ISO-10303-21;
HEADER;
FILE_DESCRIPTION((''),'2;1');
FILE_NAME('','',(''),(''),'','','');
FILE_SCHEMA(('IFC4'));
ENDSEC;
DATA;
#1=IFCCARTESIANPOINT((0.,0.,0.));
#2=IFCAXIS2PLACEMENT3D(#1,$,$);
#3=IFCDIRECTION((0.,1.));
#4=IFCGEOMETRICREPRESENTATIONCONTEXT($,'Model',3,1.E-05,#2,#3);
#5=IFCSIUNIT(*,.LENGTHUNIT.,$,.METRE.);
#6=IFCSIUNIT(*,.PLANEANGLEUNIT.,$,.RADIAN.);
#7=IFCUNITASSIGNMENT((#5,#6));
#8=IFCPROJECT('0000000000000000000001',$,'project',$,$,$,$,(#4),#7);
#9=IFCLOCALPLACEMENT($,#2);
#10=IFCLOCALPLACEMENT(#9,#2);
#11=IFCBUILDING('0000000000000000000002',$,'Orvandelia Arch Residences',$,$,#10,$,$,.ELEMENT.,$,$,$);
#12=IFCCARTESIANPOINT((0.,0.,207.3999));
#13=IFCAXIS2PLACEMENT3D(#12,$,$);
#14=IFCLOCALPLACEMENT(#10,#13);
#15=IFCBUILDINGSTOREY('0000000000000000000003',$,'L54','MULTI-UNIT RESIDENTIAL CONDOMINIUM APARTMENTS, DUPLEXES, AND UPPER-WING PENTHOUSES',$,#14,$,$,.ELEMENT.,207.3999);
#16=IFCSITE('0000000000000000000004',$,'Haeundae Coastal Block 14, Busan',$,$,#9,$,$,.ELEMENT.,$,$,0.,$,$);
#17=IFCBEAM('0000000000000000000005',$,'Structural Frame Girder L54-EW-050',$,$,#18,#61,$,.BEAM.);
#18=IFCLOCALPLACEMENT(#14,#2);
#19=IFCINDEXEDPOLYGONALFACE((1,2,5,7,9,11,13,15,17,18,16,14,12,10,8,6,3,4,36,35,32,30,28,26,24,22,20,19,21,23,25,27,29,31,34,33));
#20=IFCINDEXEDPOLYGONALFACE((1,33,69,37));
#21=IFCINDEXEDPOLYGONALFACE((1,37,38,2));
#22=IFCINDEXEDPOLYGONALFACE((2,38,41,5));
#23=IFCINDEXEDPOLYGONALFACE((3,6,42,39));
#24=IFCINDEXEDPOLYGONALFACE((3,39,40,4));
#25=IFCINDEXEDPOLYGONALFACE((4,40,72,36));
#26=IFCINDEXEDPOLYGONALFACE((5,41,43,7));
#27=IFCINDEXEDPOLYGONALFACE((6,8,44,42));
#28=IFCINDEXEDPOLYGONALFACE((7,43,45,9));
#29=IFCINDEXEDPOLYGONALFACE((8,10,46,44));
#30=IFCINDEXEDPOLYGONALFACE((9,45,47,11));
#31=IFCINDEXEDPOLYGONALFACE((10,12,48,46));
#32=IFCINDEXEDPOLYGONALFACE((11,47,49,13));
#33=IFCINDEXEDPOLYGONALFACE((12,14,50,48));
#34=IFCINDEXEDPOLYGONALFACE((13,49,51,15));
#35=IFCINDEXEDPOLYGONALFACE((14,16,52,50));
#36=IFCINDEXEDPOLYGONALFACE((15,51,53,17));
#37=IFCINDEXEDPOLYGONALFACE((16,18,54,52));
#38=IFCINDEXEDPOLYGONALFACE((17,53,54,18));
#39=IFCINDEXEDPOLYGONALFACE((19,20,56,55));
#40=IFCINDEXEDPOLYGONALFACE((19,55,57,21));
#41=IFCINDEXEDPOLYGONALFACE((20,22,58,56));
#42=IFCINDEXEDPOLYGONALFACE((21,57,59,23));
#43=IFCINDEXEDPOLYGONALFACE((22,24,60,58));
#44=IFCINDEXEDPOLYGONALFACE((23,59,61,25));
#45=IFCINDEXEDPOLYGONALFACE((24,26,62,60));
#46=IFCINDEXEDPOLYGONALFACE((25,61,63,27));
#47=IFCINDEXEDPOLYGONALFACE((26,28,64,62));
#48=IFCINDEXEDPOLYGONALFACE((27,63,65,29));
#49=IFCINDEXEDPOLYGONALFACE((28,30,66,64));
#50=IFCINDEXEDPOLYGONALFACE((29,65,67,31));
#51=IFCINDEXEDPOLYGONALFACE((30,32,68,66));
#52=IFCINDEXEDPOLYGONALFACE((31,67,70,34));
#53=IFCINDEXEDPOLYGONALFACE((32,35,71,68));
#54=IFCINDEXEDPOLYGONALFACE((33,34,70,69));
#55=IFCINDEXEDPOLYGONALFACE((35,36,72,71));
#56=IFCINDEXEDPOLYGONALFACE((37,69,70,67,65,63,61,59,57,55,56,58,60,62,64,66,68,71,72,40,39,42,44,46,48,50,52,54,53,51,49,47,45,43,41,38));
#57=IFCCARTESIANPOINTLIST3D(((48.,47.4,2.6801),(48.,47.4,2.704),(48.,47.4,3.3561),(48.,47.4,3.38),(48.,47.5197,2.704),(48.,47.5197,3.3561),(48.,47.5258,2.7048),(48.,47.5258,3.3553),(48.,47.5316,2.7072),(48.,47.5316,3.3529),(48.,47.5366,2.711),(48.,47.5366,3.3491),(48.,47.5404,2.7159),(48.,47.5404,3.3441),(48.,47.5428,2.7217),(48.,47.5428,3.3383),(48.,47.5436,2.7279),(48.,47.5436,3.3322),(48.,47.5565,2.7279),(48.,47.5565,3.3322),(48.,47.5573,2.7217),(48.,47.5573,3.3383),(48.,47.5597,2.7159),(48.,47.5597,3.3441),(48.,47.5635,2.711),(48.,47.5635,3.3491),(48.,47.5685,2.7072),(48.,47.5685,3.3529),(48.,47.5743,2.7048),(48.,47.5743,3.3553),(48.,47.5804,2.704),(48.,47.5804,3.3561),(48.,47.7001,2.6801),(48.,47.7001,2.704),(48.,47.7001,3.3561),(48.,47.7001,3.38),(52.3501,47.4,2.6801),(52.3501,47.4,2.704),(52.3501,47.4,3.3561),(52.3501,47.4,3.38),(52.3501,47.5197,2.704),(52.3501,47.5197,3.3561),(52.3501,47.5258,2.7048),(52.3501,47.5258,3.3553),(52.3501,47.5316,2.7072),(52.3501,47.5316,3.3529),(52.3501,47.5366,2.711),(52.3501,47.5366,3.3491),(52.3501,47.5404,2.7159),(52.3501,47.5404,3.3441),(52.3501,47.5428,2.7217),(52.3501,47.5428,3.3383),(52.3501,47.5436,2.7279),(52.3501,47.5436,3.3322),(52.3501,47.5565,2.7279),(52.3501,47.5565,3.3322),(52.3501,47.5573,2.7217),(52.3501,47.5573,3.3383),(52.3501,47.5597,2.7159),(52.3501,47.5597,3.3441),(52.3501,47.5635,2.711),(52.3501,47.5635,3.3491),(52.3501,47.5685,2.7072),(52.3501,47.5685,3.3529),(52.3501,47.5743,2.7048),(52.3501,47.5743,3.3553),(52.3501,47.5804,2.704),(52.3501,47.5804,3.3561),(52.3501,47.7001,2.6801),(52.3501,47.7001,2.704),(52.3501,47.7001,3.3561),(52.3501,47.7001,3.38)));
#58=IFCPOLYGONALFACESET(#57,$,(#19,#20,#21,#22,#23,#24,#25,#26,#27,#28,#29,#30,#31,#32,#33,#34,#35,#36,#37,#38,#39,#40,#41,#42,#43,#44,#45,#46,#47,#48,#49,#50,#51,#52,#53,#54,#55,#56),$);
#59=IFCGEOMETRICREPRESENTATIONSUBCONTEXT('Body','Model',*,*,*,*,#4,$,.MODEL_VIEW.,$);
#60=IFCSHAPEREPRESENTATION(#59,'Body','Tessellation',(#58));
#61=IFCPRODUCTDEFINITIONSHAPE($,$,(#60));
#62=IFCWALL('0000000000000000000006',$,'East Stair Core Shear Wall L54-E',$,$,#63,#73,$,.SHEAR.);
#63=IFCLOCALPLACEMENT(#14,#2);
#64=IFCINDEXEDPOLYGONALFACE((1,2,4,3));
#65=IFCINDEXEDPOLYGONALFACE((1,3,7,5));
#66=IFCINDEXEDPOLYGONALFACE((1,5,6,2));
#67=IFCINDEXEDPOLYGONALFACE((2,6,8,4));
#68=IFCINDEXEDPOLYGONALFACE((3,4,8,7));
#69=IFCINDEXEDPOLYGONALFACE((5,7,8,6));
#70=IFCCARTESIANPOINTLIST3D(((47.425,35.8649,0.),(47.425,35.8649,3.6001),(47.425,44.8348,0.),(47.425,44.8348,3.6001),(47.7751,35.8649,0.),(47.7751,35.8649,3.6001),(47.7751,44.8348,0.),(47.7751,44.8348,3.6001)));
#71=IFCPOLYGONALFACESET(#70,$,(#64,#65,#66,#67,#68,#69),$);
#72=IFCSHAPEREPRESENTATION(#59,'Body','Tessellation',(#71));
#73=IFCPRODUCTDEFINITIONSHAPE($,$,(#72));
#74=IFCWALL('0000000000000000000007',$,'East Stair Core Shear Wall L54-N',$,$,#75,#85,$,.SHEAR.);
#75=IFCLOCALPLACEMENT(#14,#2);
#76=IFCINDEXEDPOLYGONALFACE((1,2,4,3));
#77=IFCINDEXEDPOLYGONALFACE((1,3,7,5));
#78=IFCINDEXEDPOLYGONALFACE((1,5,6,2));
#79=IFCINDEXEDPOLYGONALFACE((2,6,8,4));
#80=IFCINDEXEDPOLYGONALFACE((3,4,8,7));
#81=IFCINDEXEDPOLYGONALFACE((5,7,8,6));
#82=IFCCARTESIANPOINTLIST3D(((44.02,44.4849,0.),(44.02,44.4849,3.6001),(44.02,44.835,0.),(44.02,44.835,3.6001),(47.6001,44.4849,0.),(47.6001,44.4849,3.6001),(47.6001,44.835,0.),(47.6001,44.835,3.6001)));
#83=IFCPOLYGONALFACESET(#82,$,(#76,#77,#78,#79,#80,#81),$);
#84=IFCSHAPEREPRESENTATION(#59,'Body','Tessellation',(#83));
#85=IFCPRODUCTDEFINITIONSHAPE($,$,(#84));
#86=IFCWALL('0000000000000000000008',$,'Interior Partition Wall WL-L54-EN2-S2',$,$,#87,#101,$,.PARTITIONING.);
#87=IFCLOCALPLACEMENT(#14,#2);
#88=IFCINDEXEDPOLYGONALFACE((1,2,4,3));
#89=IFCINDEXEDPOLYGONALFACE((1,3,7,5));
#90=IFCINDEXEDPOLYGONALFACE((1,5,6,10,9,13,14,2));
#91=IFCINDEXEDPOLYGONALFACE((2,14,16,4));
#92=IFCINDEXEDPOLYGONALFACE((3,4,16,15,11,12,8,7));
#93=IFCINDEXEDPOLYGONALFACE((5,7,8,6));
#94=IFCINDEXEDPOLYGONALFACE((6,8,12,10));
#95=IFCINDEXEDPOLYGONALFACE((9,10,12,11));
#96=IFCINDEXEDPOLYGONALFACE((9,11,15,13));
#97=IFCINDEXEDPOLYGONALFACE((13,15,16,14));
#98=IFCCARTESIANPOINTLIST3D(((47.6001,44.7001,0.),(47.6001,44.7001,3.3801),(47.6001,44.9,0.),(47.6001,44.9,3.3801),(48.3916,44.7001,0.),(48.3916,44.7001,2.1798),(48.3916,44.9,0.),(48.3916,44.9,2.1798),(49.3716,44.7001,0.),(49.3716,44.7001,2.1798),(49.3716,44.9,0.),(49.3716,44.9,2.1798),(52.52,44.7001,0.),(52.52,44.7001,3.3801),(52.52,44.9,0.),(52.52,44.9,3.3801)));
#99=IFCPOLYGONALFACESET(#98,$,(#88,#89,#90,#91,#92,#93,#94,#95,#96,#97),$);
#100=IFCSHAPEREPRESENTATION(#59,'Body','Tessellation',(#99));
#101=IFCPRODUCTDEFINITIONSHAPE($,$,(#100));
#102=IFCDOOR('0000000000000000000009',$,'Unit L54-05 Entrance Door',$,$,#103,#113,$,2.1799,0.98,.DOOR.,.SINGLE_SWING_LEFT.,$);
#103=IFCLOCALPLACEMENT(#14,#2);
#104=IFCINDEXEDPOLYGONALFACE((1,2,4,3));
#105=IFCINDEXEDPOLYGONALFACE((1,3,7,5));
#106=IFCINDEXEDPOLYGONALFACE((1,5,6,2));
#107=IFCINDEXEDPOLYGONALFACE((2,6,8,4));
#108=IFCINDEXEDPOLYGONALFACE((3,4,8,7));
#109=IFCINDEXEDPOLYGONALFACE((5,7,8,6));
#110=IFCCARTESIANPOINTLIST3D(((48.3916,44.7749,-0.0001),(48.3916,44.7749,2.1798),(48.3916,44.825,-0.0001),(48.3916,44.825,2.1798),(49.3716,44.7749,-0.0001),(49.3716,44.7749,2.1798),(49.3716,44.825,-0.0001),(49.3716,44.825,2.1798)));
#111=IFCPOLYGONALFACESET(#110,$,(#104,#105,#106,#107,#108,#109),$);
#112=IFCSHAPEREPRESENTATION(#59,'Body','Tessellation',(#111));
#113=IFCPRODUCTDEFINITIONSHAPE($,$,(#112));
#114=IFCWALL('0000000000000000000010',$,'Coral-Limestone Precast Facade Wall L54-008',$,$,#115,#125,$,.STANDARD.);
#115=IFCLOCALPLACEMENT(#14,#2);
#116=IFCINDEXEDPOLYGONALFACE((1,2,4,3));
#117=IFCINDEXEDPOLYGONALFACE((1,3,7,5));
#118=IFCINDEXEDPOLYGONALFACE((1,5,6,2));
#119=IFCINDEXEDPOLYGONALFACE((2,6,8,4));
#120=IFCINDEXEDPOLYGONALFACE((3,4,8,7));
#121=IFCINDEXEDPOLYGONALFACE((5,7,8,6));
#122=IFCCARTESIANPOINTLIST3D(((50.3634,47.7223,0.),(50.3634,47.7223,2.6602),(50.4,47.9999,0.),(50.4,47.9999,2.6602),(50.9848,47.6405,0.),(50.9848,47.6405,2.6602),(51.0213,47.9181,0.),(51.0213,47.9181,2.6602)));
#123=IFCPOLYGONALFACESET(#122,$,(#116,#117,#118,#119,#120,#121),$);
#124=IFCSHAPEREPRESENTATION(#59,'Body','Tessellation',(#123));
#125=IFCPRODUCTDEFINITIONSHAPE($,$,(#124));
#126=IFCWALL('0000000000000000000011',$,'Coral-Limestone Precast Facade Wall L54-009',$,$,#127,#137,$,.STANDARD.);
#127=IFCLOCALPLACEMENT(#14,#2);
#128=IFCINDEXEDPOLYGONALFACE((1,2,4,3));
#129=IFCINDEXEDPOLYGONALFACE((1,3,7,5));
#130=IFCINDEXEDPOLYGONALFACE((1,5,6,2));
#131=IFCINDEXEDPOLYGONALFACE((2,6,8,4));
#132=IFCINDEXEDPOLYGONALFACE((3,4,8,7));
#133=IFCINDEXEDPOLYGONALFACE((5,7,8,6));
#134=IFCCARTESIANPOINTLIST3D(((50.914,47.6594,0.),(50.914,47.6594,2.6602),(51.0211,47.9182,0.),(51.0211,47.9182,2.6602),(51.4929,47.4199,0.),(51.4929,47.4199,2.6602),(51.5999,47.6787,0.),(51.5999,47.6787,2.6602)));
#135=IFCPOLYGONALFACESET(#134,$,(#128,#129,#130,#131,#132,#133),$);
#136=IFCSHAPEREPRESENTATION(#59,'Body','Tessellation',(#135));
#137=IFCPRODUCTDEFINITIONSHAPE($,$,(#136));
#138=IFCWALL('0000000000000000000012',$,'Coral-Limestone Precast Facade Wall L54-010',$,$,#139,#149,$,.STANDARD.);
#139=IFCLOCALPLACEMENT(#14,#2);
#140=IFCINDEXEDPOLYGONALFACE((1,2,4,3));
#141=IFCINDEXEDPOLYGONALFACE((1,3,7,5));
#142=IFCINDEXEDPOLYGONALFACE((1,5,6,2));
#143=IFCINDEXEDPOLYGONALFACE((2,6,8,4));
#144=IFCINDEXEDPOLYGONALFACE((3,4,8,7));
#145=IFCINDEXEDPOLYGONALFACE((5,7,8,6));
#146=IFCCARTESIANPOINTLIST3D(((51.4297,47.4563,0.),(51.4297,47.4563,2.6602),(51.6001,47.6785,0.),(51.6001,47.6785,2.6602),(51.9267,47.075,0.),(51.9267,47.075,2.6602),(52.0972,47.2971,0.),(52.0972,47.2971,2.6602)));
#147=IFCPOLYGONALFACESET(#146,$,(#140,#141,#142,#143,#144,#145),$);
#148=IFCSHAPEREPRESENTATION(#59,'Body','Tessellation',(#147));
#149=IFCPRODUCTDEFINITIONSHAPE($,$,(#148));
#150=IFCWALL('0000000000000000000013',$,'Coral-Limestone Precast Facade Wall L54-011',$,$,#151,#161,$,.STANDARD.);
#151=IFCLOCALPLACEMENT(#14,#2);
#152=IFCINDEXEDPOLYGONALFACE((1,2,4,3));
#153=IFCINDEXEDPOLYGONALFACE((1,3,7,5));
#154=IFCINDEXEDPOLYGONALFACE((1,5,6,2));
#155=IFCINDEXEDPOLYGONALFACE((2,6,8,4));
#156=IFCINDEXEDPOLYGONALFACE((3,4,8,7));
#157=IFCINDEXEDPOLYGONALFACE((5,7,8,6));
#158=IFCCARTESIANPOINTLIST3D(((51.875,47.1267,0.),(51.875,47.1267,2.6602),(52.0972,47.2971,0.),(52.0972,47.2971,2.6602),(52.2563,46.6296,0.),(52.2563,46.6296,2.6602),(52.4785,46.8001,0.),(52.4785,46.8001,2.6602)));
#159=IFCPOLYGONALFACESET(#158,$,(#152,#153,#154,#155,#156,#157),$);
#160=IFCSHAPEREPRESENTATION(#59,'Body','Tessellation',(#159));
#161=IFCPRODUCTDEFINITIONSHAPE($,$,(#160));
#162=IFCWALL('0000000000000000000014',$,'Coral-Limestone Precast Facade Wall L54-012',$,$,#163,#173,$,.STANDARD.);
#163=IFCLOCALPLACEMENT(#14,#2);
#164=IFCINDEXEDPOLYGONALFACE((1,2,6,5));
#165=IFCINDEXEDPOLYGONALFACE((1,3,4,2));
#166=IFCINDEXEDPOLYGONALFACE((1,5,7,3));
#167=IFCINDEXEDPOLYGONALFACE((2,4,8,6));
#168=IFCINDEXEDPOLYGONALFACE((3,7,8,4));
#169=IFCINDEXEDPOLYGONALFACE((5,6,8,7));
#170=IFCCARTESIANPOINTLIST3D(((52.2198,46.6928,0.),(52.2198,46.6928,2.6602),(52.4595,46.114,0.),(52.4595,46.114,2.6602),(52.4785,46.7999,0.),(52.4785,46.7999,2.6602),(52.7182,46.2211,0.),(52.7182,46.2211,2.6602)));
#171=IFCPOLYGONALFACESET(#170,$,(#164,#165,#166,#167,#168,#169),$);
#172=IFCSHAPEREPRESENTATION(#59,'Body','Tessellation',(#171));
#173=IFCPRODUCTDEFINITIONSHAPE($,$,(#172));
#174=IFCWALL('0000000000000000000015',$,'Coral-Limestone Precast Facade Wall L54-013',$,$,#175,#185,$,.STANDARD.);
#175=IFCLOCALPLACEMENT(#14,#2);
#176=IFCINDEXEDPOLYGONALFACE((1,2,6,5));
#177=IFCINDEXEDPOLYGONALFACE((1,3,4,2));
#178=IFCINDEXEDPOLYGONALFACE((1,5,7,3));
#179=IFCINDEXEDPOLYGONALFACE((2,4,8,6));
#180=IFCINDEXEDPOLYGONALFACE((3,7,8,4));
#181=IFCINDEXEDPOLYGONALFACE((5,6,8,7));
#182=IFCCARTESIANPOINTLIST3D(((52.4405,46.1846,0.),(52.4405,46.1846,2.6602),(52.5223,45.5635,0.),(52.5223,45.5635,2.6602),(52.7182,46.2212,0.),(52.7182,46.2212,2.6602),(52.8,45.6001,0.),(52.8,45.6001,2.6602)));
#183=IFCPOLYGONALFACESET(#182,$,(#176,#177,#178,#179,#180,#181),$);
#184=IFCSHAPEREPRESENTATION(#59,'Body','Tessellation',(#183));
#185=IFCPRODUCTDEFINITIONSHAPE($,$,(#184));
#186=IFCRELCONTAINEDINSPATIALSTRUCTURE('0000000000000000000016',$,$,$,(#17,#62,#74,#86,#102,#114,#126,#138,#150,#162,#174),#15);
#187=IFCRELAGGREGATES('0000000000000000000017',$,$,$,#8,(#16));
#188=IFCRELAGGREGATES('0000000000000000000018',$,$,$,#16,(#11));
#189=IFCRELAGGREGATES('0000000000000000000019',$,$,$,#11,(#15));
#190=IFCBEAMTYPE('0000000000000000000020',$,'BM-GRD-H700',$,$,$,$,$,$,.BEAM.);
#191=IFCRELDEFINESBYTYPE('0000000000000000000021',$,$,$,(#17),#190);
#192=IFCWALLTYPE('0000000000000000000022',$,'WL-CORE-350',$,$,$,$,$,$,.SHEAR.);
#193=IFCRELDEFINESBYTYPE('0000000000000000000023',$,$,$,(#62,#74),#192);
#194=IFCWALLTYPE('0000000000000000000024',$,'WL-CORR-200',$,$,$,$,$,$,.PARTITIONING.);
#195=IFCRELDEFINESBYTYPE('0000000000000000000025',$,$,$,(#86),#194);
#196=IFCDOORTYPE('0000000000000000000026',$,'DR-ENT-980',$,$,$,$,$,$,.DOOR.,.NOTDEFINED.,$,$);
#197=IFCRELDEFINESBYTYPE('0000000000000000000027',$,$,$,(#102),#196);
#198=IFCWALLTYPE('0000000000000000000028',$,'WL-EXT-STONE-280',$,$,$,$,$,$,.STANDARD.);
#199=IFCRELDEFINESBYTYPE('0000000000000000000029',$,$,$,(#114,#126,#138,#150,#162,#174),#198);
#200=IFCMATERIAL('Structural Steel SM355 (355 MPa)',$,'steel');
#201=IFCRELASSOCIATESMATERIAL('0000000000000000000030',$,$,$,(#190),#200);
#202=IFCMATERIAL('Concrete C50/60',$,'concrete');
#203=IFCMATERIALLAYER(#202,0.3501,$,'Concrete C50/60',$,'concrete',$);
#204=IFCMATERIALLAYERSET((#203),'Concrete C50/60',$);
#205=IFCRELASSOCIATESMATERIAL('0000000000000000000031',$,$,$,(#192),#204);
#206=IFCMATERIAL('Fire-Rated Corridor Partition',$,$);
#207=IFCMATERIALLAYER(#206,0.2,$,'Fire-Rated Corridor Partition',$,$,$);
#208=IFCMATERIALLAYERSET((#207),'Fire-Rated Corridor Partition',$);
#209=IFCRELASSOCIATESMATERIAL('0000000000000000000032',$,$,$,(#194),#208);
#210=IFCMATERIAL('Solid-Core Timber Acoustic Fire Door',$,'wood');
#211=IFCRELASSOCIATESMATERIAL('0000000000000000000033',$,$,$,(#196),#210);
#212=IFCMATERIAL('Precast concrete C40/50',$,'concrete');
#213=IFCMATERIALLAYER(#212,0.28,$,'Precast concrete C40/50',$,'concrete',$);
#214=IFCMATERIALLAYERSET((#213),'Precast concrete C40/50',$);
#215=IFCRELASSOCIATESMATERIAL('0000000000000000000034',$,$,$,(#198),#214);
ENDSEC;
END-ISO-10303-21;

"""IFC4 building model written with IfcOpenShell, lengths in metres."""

from ifc_helpers import new_model, si_unit, direction, frame, frame_2d, origin, origin_2d, place, context, subcontext, project, spatial, rectangle, i_section, extrude, material, layer, layer_set, material_profile, profile_set, type_object, element, fill, save


model = new_model("IFC4")

# Units and contexts
model_context = context("Model", 3, precision=1e-05, world=origin(), true_north=direction((0.0, 1.0)))
body_context = subcontext(model_context, "Body", "Model", "MODEL_VIEW")
ifc_project = project(units=[si_unit("LENGTHUNIT", "METRE"), si_unit("PLANEANGLEUNIT", "RADIAN")], contexts=[model_context])

# Site, building, storey
site_placement = place(None, origin())
site = spatial("IfcSite", under=ifc_project, at=site_placement, Name="Haeundae Coastal Block 14, Busan", CompositionType="ELEMENT", RefElevation=0.0)
building_placement = place(site_placement, origin())
building = spatial("IfcBuilding", under=site, at=building_placement, Name="Orvandelia Arch Residences", CompositionType="ELEMENT")
storey_placement = place(building_placement, frame((0.0, 0.0, 207.3999)))
storey = spatial("IfcBuildingStorey", under=building, at=storey_placement, Name="L54", Description="MULTI-UNIT RESIDENTIAL CONDOMINIUM APARTMENTS, DUPLEXES, AND UPPER-WING PENTHOUSES", CompositionType="ELEMENT", Elevation=207.3999)

# Beam
ifc_material_1 = material(Name="Structural Steel SM355 (355 MPa)", Category="steel")
ifc_material_profile_1 = material_profile(ifc_material_1, i_section(OverallWidth=0.3, OverallDepth=0.7, WebThickness=0.0129, FlangeThickness=0.0239, FilletRadius=0.0239, at=origin_2d()), Name="Structural Steel SM355 (355 MPa)", Category="steel")
ifc_profile_set_1 = profile_set([ifc_material_profile_1], Name="Structural Steel SM355 (355 MPa)")
beam_type = type_object("IfcBeamType", Name="BM-GRD-H700", PredefinedType="BEAM", material=ifc_profile_set_1)
for number, where, z_axis, x_axis, name in (
    (1, (48.0, 47.55, 3.03), (1.0, 0.0, 0.0), (0.0, 1.0, 0.0), "Structural Frame Girder L54-EW-050"),
):
    element("IfcBeam", number, at=place(storey_placement, frame(where, z_axis=z_axis, x_axis=x_axis)), inside=storey, type_object=beam_type, Name=name, PredefinedType="BEAM", context=body_context, shape_type="SweptSolid", body=[
        extrude(i_section(OverallWidth=0.3, OverallDepth=0.7, WebThickness=0.0129, FlangeThickness=0.0239, FilletRadius=0.0239, at=origin_2d()), origin(), (0.0, 0.0, 1.0), 4.3501),
    ])

# Walls
ifc_material_2 = material(Name="Concrete C50/60", Category="concrete")
ifc_layer_1 = layer(ifc_material_2, 0.3501, Name="Concrete C50/60", Category="concrete")
ifc_layer_set_1 = layer_set([ifc_layer_1], Name="Concrete C50/60")
wall_type_1 = type_object("IfcWallType", Name="WL-CORE-350", PredefinedType="SHEAR", material=ifc_layer_set_1)
wall_1_placement = place(storey_placement, frame((47.6001, 35.865, 0.0), z_axis=(0.0, 0.0, 1.0), x_axis=(0.0, 1.0, 0.0)))
element("IfcWall", 2, at=wall_1_placement, inside=storey, type_object=wall_type_1, Name="East Stair Core Shear Wall L54-E", PredefinedType="SHEAR", context=body_context, shape_type="SweptSolid", body=[
    extrude(rectangle(XDim=8.97, YDim=0.3501, at=frame_2d((4.4849, 0.0))), origin(), (0.0, 0.0, 1.0), 3.6001),
])
wall_2_placement = place(storey_placement, frame((44.02, 44.6599, 0.0), z_axis=(0.0, 0.0, 1.0), x_axis=(1.0, 0.0, 0.0)))
element("IfcWall", 3, at=wall_2_placement, inside=storey, type_object=wall_type_1, Name="East Stair Core Shear Wall L54-N", PredefinedType="SHEAR", context=body_context, shape_type="SweptSolid", body=[
    extrude(rectangle(XDim=3.5801, YDim=0.3501, at=frame_2d((1.79, 0.0))), origin(), (0.0, 0.0, 1.0), 3.6001),
])

# Wall, opening, door
ifc_material_3 = material(Name="Fire-Rated Corridor Partition")
ifc_layer_2 = layer(ifc_material_3, 0.2, Name="Fire-Rated Corridor Partition")
ifc_layer_set_2 = layer_set([ifc_layer_2], Name="Fire-Rated Corridor Partition")
wall_type_2 = type_object("IfcWallType", Name="WL-CORR-200", PredefinedType="PARTITIONING", material=ifc_layer_set_2)
wall_3_placement = place(storey_placement, frame((47.6001, 44.8, 0.0), z_axis=(0.0, 0.0, 1.0), x_axis=(1.0, 0.0, 0.0)))
wall_3 = element("IfcWall", 4, at=wall_3_placement, inside=storey, type_object=wall_type_2, Name="Interior Partition Wall WL-L54-EN2-S2", PredefinedType="PARTITIONING", context=body_context, shape_type="SweptSolid", body=[
    extrude(rectangle(XDim=4.9199, YDim=0.2, at=frame_2d((2.46, 0.0))), origin(), (0.0, 0.0, 1.0), 3.3801),
])
opening_1_placement = place(wall_3_placement, frame((0.7915, 0.0, 0.0)))
opening_1 = element("IfcOpeningElement", 5, at=opening_1_placement, cuts=wall_3, PredefinedType="OPENING", context=body_context, shape_type="SweptSolid", body=[
    extrude(rectangle(XDim=0.98, YDim=2.1799, at=frame_2d((0.49, 1.0898))), frame((0.0, 0.1099, 0.0), z_axis=(0.0, -1.0, 0.0), x_axis=(1.0, 0.0, 0.0)), (0.0, 0.0, 1.0), 0.22),
])
ifc_material_4 = material(Name="Solid-Core Timber Acoustic Fire Door", Category="wood")
door_type_1 = type_object("IfcDoorType", Name="DR-ENT-980", OperationType="NOTDEFINED", PredefinedType="DOOR", material=ifc_material_4)
door_1_placement = place(opening_1_placement, origin())
door_1 = element("IfcDoor", 6, at=door_1_placement, inside=storey, type_object=door_type_1, Name="Unit L54-05 Entrance Door", OperationType="SINGLE_SWING_LEFT", OverallHeight=2.1799, OverallWidth=0.98, PredefinedType="DOOR", context=body_context, shape_type="SweptSolid", body=[
    extrude(rectangle(XDim=0.98, YDim=2.1799, at=frame_2d((0.49, 1.0898))), frame((0.0, 0.0249, 0.0), z_axis=(0.0, -1.0, 0.0), x_axis=(1.0, 0.0, 0.0)), (0.0, 0.0, 1.0), 0.05),
])
fill(opening_1, door_1)

# Walls
ifc_material_5 = material(Name="Precast concrete C40/50", Category="concrete")
ifc_layer_3 = layer(ifc_material_5, 0.28, Name="Precast concrete C40/50", Category="concrete")
ifc_layer_set_3 = layer_set([ifc_layer_3], Name="Precast concrete C40/50")
wall_type_3 = type_object("IfcWallType", Name="WL-EXT-STONE-280", PredefinedType="STANDARD", material=ifc_layer_set_3)
wall_4_placement = place(storey_placement, frame((50.3816, 47.8611, 0.0), z_axis=(0.0, 0.0, 1.0), x_axis=(0.991448, -0.130505, 0.0)))
element("IfcWall", 7, at=wall_4_placement, inside=storey, type_object=wall_type_3, Name="Coral-Limestone Precast Facade Wall L54-008", PredefinedType="STANDARD", context=body_context, shape_type="SweptSolid", body=[
    extrude(rectangle(XDim=0.6267, YDim=0.28, at=frame_2d((0.3135, 0.0))), origin(), (0.0, 0.0, 1.0), 2.6602),
])
for number, where, z_axis, x_axis, name in (
    (8, (50.9675, 47.7888, 0.0), (0.0, 0.0, 1.0), (0.924031, -0.382317, 0.0), "Coral-Limestone Precast Facade Wall L54-009"),
    (9, (51.5149, 47.5674, 0.0), (0.0, 0.0, 1.0), (0.793406, -0.608693, 0.0), "Coral-Limestone Precast Facade Wall L54-010"),
    (10, (51.9861, 47.2119, 0.0), (0.0, 0.0, 1.0), (0.608693, -0.793406, 0.0), "Coral-Limestone Precast Facade Wall L54-011"),
    (11, (52.3491, 46.7463, 0.0), (0.0, 0.0, 1.0), (0.38265, -0.923893, 0.0), "Coral-Limestone Precast Facade Wall L54-012"),
    (12, (52.5793, 46.2029, 0.0), (0.0, 0.0, 1.0), (0.130555, -0.991441, 0.0), "Coral-Limestone Precast Facade Wall L54-013"),
):
    element("IfcWall", number, at=place(storey_placement, frame(where, z_axis=z_axis, x_axis=x_axis)), inside=storey, type_object=wall_type_3, Name=name, PredefinedType="STANDARD", context=body_context, shape_type="SweptSolid", body=[
        extrude(rectangle(XDim=0.6265, YDim=0.28, at=frame_2d((0.3132, 0.0))), origin(), (0.0, 0.0, 1.0), 2.6602),
    ])

save(model, "model.ifc")
